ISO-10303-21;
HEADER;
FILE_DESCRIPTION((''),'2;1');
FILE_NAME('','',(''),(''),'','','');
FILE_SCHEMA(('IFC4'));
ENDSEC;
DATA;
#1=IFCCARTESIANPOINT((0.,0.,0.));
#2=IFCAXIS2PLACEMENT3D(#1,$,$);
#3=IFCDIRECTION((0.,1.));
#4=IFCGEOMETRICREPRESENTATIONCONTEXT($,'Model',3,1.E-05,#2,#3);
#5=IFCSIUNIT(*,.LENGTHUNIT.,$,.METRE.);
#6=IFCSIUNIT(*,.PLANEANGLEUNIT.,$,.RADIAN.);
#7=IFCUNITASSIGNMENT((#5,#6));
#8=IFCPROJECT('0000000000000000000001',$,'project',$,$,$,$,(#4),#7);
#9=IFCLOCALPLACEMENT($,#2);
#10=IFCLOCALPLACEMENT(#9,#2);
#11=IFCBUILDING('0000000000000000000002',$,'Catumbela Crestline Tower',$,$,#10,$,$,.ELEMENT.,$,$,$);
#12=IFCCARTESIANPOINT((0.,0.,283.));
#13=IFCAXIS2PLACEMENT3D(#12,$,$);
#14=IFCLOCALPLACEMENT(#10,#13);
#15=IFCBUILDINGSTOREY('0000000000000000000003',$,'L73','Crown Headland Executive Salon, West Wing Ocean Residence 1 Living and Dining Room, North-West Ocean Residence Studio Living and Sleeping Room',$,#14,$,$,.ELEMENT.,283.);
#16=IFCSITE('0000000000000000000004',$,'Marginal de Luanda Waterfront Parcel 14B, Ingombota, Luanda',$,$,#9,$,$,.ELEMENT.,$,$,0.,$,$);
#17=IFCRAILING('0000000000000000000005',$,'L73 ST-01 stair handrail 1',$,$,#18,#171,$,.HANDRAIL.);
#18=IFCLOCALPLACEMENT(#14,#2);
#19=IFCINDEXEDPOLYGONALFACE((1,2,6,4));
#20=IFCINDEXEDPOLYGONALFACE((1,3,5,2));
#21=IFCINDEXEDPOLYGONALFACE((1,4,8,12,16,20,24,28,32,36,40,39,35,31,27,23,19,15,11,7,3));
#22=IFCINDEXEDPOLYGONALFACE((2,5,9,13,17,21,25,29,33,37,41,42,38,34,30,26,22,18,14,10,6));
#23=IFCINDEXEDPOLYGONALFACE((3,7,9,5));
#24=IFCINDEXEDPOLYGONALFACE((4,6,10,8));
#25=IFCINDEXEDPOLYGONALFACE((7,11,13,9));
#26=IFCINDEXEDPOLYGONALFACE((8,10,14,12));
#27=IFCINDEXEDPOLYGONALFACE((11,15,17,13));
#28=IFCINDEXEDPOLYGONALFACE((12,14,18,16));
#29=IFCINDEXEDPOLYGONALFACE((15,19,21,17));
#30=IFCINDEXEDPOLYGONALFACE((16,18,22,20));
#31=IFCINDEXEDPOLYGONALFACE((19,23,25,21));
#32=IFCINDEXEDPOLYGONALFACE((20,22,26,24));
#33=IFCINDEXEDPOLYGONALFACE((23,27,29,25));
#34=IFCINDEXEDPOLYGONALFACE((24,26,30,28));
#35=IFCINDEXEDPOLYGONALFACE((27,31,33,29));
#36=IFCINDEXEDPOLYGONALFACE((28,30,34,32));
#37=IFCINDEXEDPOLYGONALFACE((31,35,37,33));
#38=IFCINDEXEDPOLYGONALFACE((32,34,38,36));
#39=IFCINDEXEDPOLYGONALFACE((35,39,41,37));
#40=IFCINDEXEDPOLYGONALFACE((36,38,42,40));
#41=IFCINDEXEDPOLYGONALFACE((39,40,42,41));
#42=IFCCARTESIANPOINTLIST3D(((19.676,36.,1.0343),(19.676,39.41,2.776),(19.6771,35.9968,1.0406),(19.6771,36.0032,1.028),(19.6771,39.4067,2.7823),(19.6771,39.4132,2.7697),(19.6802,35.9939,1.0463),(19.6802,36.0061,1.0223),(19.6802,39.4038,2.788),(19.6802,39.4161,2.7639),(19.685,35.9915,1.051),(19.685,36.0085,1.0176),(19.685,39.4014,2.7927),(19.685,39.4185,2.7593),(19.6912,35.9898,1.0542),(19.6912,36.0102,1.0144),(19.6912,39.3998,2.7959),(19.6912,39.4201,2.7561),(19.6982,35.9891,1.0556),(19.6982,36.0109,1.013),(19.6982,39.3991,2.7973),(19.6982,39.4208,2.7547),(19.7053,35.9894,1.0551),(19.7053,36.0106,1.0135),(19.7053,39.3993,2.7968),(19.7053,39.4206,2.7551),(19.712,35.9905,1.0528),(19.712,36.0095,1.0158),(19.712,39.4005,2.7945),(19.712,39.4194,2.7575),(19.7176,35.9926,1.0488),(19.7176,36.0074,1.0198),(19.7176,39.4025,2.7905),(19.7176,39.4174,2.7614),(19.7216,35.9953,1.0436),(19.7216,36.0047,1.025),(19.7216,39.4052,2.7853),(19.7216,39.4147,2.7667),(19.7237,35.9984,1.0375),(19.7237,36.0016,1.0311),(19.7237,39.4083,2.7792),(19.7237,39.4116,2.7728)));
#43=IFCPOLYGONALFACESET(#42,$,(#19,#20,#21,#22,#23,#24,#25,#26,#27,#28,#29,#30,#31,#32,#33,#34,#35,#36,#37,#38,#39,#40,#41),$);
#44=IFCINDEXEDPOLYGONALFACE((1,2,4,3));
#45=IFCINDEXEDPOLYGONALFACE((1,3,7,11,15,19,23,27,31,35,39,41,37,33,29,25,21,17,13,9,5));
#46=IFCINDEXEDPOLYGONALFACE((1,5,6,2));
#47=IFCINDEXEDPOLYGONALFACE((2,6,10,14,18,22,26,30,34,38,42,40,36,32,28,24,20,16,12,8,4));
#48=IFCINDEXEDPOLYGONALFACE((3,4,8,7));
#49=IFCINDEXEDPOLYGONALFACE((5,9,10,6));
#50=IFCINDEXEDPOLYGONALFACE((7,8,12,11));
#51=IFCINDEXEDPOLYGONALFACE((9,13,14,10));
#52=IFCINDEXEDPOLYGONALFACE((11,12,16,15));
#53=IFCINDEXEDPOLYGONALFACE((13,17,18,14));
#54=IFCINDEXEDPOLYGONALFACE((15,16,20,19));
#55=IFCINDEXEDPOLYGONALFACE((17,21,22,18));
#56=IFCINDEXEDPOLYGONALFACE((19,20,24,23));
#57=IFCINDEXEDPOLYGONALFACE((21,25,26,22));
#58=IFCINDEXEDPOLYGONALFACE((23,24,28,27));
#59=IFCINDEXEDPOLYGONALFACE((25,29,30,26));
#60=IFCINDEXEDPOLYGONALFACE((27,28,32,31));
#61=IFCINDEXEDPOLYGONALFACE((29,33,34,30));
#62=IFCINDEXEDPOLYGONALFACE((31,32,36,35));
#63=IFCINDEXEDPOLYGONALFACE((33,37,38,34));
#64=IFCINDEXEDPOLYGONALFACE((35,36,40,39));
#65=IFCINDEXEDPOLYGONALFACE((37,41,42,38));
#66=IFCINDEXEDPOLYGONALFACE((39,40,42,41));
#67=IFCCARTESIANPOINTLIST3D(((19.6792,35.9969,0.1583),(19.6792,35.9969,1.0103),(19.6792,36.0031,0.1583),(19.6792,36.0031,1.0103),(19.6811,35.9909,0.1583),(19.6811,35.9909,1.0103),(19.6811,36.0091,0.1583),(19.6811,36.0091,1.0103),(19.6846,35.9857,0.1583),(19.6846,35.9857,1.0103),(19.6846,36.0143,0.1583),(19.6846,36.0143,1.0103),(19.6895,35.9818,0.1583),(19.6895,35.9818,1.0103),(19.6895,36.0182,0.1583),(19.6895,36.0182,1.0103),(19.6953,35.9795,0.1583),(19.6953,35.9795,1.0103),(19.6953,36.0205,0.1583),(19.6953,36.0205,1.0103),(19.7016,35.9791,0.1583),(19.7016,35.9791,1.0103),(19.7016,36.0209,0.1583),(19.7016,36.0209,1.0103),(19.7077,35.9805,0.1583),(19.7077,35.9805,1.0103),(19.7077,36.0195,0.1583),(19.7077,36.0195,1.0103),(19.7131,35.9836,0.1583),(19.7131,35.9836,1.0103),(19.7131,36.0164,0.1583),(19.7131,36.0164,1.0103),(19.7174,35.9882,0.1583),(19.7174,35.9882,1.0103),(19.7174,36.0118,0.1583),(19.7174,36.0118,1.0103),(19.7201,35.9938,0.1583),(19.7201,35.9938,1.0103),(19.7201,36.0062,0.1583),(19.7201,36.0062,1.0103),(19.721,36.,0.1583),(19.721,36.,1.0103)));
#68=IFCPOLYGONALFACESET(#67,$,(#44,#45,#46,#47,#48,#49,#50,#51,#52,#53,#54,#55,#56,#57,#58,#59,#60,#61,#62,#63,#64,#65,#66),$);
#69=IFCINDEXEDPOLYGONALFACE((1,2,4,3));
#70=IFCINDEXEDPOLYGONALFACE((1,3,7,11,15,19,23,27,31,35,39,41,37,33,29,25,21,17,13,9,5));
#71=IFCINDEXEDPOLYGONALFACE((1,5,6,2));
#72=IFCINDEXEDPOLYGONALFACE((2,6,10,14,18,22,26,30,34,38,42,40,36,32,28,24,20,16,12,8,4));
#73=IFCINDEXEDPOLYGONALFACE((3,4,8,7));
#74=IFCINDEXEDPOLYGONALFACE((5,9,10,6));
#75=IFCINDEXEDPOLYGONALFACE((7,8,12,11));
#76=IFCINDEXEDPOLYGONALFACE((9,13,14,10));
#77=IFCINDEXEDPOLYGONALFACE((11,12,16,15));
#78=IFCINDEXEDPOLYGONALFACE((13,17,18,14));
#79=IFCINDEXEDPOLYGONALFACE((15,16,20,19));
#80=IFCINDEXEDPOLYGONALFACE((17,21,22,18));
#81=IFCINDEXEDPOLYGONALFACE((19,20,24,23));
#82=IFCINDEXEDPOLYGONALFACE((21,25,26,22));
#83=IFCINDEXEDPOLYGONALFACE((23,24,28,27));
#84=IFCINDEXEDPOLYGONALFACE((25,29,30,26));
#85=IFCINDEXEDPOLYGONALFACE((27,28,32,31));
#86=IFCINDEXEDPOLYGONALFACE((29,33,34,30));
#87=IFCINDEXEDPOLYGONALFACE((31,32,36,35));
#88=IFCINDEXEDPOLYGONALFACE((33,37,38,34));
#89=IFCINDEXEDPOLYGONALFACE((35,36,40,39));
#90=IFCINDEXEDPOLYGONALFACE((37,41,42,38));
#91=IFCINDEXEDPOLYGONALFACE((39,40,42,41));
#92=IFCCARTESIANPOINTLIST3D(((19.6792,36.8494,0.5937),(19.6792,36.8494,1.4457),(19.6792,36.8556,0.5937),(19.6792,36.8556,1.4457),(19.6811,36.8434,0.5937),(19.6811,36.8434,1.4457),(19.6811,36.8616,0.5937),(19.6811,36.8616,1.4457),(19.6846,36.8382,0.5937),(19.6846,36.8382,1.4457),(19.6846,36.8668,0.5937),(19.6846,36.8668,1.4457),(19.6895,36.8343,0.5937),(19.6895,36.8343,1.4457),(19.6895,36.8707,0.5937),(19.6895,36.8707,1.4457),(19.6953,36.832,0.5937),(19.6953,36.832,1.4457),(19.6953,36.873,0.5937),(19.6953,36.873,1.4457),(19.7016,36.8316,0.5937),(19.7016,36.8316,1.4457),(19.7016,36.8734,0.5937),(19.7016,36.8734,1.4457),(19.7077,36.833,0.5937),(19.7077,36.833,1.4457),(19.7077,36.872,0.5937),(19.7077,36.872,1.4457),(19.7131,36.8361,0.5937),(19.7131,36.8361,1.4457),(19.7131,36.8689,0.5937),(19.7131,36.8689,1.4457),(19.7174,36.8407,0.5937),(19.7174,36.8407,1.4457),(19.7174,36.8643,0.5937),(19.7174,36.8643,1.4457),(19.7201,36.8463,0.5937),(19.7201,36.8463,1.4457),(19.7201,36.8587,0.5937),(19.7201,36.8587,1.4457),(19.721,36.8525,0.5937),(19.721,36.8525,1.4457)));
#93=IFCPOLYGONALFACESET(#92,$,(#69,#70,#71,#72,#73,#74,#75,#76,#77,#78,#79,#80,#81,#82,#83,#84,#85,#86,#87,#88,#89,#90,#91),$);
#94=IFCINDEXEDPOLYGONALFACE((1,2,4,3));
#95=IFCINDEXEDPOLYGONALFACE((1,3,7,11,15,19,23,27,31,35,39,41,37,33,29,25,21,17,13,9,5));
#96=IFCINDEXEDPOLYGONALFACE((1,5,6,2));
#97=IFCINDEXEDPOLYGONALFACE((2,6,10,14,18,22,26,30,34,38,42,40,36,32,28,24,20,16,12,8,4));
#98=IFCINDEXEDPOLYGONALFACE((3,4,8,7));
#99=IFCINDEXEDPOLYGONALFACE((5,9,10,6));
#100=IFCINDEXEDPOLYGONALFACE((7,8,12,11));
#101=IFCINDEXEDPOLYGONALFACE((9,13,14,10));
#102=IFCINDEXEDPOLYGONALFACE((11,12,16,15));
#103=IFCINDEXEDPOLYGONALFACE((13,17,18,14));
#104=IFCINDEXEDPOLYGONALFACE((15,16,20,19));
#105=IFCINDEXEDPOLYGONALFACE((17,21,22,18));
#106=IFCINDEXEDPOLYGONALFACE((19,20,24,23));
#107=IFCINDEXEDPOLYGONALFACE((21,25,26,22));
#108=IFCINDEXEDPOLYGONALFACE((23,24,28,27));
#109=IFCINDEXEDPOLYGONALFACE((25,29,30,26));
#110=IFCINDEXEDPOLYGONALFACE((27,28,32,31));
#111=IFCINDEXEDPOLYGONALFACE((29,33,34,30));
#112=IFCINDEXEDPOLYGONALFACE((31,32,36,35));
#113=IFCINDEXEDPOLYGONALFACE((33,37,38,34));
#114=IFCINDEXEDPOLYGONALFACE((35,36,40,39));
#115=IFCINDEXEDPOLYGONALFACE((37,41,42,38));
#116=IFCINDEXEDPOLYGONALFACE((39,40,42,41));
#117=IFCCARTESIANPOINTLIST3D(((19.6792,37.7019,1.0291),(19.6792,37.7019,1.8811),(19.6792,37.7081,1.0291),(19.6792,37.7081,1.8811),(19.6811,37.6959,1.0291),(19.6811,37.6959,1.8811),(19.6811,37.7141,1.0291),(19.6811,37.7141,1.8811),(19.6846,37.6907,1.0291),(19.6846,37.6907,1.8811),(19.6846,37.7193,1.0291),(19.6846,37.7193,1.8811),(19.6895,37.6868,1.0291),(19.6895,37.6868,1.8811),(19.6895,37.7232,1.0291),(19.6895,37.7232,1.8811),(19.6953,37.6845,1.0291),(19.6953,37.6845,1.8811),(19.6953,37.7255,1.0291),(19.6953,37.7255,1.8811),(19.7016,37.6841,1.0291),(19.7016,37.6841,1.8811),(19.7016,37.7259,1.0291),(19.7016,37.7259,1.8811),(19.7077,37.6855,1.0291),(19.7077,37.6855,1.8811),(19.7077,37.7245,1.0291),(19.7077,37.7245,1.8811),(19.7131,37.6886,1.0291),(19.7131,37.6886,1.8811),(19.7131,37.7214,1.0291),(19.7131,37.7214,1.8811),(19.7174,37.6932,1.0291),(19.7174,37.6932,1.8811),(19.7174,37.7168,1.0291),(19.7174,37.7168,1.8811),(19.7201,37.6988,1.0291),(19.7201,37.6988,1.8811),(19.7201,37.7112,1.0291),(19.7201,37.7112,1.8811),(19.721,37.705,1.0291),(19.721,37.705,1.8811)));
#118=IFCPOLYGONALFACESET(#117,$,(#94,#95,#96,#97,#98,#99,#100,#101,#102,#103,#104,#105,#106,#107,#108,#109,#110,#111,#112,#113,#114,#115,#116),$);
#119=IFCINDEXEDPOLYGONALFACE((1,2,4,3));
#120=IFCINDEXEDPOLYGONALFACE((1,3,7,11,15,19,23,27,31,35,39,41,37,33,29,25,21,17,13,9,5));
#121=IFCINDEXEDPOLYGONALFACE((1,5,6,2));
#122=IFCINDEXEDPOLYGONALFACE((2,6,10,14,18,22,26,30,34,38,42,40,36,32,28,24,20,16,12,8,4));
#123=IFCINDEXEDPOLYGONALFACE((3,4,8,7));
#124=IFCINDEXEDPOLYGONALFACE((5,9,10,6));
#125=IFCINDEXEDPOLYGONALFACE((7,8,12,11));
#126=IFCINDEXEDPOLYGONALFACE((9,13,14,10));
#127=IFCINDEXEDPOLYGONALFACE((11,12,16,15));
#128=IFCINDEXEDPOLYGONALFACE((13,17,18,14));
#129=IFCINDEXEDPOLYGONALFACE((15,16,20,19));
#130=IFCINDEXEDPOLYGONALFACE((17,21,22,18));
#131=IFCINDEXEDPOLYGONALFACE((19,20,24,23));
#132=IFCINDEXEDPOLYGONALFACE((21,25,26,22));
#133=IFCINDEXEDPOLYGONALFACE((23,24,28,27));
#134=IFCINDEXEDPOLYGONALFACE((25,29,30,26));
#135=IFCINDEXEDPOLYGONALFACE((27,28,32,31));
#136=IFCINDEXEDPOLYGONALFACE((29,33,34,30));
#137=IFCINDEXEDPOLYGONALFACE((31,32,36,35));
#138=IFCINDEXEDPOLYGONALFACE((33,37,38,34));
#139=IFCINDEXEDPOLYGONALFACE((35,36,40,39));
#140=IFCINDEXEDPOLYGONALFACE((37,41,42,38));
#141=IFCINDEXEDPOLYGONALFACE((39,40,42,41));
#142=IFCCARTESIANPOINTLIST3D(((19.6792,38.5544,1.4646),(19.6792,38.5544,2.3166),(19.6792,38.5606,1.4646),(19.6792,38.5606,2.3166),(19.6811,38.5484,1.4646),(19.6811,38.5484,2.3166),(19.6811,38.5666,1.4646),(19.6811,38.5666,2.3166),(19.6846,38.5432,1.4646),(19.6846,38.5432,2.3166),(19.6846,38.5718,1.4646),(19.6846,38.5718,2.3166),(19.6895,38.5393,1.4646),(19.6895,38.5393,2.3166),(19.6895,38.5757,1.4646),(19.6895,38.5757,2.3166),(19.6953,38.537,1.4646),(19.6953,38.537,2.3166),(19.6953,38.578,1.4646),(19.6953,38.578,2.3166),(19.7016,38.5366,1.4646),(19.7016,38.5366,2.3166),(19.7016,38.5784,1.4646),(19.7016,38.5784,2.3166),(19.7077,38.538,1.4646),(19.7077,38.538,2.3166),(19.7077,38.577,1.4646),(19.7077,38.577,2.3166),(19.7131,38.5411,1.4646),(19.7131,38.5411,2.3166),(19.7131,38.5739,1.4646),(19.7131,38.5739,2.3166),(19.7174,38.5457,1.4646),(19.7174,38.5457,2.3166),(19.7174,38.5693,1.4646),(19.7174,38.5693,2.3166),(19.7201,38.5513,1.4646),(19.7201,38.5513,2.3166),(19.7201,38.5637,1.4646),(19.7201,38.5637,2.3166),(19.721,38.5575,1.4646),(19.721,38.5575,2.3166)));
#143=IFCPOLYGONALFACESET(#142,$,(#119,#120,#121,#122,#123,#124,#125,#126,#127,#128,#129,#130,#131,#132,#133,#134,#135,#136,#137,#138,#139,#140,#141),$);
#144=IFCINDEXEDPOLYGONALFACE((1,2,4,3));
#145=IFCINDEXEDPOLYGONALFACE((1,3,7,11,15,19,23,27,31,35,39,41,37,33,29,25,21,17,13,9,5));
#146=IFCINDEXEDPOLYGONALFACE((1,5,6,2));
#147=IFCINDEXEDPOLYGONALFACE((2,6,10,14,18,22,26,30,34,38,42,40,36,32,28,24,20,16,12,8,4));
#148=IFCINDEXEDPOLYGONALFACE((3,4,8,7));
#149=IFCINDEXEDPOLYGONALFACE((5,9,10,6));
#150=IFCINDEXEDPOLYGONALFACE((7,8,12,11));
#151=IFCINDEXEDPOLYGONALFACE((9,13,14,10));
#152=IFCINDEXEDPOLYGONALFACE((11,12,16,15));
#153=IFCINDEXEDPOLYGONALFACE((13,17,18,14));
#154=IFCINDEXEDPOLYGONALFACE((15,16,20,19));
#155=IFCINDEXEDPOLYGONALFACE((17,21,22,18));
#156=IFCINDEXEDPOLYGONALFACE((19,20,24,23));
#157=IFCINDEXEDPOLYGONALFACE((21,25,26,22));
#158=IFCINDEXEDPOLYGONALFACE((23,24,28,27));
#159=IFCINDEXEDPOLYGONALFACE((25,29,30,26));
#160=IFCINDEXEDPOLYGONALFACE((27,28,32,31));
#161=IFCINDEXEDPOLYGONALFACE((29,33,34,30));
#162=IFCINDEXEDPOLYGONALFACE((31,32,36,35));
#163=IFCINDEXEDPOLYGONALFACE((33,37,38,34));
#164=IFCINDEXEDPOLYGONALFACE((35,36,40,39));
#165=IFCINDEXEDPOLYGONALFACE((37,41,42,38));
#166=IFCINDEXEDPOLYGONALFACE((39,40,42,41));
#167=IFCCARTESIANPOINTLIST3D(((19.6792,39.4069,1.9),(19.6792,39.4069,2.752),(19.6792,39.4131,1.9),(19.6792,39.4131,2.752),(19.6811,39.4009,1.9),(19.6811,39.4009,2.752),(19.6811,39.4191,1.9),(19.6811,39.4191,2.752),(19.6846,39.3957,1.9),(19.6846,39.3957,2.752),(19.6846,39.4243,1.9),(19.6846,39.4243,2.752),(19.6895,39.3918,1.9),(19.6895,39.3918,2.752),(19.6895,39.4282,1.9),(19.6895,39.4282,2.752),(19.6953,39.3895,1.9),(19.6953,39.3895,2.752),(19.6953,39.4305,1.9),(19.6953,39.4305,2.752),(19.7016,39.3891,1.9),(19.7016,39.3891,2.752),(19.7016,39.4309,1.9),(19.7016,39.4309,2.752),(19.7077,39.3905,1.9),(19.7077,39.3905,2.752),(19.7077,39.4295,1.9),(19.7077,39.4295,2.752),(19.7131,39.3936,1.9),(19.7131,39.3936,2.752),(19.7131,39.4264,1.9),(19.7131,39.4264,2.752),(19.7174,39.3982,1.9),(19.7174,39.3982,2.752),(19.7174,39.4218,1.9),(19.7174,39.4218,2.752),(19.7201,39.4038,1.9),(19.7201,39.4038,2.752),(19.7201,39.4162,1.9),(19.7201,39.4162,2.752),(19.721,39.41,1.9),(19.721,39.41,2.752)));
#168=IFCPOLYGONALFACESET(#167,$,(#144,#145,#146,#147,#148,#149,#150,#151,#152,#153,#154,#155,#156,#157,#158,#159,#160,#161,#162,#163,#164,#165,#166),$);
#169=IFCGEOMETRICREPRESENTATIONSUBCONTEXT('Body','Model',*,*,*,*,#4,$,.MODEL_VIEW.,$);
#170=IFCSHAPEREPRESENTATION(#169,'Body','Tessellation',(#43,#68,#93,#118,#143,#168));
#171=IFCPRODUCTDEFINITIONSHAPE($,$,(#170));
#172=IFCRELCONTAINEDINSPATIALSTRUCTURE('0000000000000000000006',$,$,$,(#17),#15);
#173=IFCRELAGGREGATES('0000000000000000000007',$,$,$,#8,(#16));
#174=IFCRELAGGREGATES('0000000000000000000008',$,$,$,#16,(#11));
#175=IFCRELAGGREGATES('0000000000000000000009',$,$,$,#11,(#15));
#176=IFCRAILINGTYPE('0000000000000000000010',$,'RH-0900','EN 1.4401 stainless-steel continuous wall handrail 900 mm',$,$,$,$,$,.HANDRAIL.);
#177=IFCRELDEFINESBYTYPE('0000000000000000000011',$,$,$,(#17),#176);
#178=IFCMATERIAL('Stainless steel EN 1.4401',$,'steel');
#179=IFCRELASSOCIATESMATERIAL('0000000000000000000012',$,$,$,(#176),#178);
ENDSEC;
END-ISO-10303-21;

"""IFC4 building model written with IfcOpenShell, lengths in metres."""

from ifc_helpers import new_model, si_unit, direction, frame, origin, origin_2d, place, context, subcontext, project, spatial, circle, extrude, material, type_object, element, save


model = new_model("IFC4")

# Units and contexts
model_context = context("Model", 3, precision=1e-05, world=origin(), true_north=direction((0.0, 1.0)))
body_context = subcontext(model_context, "Body", "Model", "MODEL_VIEW")
ifc_project = project(units=[si_unit("LENGTHUNIT", "METRE"), si_unit("PLANEANGLEUNIT", "RADIAN")], contexts=[model_context])

# Site, building, storey
site_placement = place(None, origin())
site = spatial("IfcSite", under=ifc_project, at=site_placement, Name="Marginal de Luanda Waterfront Parcel 14B, Ingombota, Luanda", CompositionType="ELEMENT", RefElevation=0.0)
building_placement = place(site_placement, origin())
building = spatial("IfcBuilding", under=site, at=building_placement, Name="Catumbela Crestline Tower", CompositionType="ELEMENT")
storey_placement = place(building_placement, frame((0.0, 0.0, 283.0)))
storey = spatial("IfcBuildingStorey", under=building, at=storey_placement, Name="L73", Description="Crown Headland Executive Salon, West Wing Ocean Residence 1 Living and Dining Room, North-West Ocean Residence Studio Living and Sleeping Room", CompositionType="ELEMENT", Elevation=283.0)

# Shared definitions
ifc_material_1 = material(Name="Stainless steel EN 1.4401", Category="steel")

# Railing
railing_type_1 = type_object("IfcRailingType", Name="RH-0900", Description="EN 1.4401 stainless-steel continuous wall handrail 900 mm", PredefinedType="HANDRAIL", material=ifc_material_1)
railing_1_placement = place(storey_placement, frame((19.7, 36.0, 0.1583)))
element("IfcRailing", 1, at=railing_1_placement, inside=storey, type_object=railing_type_1, Name="L73 ST-01 stair handrail 1", PredefinedType="HANDRAIL", context=body_context, shape_type="SweptSolid", body=[
    extrude(circle(Radius=0.024, at=origin_2d()), frame((0.0, 0.0, 0.876), z_axis=(0.0, 0.89056, 0.454865), x_axis=(-1.0, 0.0, 0.0)), (0.0, 0.0, 1.0), 3.829),
    extrude(circle(Radius=0.021, at=origin_2d()), origin(), (0.0, 0.0, 1.0), 0.852),
    extrude(circle(Radius=0.021, at=origin_2d()), frame((0.0, 0.8525, 0.4354)), (0.0, 0.0, 1.0), 0.852),
    extrude(circle(Radius=0.021, at=origin_2d()), frame((0.0, 1.705, 0.8708)), (0.0, 0.0, 1.0), 0.852),
    extrude(circle(Radius=0.021, at=origin_2d()), frame((0.0, 2.5575, 1.3063)), (0.0, 0.0, 1.0), 0.852),
    extrude(circle(Radius=0.021, at=origin_2d()), frame((0.0, 3.41, 1.7417)), (0.0, 0.0, 1.0), 0.852),
])

save(model, "model.ifc")
